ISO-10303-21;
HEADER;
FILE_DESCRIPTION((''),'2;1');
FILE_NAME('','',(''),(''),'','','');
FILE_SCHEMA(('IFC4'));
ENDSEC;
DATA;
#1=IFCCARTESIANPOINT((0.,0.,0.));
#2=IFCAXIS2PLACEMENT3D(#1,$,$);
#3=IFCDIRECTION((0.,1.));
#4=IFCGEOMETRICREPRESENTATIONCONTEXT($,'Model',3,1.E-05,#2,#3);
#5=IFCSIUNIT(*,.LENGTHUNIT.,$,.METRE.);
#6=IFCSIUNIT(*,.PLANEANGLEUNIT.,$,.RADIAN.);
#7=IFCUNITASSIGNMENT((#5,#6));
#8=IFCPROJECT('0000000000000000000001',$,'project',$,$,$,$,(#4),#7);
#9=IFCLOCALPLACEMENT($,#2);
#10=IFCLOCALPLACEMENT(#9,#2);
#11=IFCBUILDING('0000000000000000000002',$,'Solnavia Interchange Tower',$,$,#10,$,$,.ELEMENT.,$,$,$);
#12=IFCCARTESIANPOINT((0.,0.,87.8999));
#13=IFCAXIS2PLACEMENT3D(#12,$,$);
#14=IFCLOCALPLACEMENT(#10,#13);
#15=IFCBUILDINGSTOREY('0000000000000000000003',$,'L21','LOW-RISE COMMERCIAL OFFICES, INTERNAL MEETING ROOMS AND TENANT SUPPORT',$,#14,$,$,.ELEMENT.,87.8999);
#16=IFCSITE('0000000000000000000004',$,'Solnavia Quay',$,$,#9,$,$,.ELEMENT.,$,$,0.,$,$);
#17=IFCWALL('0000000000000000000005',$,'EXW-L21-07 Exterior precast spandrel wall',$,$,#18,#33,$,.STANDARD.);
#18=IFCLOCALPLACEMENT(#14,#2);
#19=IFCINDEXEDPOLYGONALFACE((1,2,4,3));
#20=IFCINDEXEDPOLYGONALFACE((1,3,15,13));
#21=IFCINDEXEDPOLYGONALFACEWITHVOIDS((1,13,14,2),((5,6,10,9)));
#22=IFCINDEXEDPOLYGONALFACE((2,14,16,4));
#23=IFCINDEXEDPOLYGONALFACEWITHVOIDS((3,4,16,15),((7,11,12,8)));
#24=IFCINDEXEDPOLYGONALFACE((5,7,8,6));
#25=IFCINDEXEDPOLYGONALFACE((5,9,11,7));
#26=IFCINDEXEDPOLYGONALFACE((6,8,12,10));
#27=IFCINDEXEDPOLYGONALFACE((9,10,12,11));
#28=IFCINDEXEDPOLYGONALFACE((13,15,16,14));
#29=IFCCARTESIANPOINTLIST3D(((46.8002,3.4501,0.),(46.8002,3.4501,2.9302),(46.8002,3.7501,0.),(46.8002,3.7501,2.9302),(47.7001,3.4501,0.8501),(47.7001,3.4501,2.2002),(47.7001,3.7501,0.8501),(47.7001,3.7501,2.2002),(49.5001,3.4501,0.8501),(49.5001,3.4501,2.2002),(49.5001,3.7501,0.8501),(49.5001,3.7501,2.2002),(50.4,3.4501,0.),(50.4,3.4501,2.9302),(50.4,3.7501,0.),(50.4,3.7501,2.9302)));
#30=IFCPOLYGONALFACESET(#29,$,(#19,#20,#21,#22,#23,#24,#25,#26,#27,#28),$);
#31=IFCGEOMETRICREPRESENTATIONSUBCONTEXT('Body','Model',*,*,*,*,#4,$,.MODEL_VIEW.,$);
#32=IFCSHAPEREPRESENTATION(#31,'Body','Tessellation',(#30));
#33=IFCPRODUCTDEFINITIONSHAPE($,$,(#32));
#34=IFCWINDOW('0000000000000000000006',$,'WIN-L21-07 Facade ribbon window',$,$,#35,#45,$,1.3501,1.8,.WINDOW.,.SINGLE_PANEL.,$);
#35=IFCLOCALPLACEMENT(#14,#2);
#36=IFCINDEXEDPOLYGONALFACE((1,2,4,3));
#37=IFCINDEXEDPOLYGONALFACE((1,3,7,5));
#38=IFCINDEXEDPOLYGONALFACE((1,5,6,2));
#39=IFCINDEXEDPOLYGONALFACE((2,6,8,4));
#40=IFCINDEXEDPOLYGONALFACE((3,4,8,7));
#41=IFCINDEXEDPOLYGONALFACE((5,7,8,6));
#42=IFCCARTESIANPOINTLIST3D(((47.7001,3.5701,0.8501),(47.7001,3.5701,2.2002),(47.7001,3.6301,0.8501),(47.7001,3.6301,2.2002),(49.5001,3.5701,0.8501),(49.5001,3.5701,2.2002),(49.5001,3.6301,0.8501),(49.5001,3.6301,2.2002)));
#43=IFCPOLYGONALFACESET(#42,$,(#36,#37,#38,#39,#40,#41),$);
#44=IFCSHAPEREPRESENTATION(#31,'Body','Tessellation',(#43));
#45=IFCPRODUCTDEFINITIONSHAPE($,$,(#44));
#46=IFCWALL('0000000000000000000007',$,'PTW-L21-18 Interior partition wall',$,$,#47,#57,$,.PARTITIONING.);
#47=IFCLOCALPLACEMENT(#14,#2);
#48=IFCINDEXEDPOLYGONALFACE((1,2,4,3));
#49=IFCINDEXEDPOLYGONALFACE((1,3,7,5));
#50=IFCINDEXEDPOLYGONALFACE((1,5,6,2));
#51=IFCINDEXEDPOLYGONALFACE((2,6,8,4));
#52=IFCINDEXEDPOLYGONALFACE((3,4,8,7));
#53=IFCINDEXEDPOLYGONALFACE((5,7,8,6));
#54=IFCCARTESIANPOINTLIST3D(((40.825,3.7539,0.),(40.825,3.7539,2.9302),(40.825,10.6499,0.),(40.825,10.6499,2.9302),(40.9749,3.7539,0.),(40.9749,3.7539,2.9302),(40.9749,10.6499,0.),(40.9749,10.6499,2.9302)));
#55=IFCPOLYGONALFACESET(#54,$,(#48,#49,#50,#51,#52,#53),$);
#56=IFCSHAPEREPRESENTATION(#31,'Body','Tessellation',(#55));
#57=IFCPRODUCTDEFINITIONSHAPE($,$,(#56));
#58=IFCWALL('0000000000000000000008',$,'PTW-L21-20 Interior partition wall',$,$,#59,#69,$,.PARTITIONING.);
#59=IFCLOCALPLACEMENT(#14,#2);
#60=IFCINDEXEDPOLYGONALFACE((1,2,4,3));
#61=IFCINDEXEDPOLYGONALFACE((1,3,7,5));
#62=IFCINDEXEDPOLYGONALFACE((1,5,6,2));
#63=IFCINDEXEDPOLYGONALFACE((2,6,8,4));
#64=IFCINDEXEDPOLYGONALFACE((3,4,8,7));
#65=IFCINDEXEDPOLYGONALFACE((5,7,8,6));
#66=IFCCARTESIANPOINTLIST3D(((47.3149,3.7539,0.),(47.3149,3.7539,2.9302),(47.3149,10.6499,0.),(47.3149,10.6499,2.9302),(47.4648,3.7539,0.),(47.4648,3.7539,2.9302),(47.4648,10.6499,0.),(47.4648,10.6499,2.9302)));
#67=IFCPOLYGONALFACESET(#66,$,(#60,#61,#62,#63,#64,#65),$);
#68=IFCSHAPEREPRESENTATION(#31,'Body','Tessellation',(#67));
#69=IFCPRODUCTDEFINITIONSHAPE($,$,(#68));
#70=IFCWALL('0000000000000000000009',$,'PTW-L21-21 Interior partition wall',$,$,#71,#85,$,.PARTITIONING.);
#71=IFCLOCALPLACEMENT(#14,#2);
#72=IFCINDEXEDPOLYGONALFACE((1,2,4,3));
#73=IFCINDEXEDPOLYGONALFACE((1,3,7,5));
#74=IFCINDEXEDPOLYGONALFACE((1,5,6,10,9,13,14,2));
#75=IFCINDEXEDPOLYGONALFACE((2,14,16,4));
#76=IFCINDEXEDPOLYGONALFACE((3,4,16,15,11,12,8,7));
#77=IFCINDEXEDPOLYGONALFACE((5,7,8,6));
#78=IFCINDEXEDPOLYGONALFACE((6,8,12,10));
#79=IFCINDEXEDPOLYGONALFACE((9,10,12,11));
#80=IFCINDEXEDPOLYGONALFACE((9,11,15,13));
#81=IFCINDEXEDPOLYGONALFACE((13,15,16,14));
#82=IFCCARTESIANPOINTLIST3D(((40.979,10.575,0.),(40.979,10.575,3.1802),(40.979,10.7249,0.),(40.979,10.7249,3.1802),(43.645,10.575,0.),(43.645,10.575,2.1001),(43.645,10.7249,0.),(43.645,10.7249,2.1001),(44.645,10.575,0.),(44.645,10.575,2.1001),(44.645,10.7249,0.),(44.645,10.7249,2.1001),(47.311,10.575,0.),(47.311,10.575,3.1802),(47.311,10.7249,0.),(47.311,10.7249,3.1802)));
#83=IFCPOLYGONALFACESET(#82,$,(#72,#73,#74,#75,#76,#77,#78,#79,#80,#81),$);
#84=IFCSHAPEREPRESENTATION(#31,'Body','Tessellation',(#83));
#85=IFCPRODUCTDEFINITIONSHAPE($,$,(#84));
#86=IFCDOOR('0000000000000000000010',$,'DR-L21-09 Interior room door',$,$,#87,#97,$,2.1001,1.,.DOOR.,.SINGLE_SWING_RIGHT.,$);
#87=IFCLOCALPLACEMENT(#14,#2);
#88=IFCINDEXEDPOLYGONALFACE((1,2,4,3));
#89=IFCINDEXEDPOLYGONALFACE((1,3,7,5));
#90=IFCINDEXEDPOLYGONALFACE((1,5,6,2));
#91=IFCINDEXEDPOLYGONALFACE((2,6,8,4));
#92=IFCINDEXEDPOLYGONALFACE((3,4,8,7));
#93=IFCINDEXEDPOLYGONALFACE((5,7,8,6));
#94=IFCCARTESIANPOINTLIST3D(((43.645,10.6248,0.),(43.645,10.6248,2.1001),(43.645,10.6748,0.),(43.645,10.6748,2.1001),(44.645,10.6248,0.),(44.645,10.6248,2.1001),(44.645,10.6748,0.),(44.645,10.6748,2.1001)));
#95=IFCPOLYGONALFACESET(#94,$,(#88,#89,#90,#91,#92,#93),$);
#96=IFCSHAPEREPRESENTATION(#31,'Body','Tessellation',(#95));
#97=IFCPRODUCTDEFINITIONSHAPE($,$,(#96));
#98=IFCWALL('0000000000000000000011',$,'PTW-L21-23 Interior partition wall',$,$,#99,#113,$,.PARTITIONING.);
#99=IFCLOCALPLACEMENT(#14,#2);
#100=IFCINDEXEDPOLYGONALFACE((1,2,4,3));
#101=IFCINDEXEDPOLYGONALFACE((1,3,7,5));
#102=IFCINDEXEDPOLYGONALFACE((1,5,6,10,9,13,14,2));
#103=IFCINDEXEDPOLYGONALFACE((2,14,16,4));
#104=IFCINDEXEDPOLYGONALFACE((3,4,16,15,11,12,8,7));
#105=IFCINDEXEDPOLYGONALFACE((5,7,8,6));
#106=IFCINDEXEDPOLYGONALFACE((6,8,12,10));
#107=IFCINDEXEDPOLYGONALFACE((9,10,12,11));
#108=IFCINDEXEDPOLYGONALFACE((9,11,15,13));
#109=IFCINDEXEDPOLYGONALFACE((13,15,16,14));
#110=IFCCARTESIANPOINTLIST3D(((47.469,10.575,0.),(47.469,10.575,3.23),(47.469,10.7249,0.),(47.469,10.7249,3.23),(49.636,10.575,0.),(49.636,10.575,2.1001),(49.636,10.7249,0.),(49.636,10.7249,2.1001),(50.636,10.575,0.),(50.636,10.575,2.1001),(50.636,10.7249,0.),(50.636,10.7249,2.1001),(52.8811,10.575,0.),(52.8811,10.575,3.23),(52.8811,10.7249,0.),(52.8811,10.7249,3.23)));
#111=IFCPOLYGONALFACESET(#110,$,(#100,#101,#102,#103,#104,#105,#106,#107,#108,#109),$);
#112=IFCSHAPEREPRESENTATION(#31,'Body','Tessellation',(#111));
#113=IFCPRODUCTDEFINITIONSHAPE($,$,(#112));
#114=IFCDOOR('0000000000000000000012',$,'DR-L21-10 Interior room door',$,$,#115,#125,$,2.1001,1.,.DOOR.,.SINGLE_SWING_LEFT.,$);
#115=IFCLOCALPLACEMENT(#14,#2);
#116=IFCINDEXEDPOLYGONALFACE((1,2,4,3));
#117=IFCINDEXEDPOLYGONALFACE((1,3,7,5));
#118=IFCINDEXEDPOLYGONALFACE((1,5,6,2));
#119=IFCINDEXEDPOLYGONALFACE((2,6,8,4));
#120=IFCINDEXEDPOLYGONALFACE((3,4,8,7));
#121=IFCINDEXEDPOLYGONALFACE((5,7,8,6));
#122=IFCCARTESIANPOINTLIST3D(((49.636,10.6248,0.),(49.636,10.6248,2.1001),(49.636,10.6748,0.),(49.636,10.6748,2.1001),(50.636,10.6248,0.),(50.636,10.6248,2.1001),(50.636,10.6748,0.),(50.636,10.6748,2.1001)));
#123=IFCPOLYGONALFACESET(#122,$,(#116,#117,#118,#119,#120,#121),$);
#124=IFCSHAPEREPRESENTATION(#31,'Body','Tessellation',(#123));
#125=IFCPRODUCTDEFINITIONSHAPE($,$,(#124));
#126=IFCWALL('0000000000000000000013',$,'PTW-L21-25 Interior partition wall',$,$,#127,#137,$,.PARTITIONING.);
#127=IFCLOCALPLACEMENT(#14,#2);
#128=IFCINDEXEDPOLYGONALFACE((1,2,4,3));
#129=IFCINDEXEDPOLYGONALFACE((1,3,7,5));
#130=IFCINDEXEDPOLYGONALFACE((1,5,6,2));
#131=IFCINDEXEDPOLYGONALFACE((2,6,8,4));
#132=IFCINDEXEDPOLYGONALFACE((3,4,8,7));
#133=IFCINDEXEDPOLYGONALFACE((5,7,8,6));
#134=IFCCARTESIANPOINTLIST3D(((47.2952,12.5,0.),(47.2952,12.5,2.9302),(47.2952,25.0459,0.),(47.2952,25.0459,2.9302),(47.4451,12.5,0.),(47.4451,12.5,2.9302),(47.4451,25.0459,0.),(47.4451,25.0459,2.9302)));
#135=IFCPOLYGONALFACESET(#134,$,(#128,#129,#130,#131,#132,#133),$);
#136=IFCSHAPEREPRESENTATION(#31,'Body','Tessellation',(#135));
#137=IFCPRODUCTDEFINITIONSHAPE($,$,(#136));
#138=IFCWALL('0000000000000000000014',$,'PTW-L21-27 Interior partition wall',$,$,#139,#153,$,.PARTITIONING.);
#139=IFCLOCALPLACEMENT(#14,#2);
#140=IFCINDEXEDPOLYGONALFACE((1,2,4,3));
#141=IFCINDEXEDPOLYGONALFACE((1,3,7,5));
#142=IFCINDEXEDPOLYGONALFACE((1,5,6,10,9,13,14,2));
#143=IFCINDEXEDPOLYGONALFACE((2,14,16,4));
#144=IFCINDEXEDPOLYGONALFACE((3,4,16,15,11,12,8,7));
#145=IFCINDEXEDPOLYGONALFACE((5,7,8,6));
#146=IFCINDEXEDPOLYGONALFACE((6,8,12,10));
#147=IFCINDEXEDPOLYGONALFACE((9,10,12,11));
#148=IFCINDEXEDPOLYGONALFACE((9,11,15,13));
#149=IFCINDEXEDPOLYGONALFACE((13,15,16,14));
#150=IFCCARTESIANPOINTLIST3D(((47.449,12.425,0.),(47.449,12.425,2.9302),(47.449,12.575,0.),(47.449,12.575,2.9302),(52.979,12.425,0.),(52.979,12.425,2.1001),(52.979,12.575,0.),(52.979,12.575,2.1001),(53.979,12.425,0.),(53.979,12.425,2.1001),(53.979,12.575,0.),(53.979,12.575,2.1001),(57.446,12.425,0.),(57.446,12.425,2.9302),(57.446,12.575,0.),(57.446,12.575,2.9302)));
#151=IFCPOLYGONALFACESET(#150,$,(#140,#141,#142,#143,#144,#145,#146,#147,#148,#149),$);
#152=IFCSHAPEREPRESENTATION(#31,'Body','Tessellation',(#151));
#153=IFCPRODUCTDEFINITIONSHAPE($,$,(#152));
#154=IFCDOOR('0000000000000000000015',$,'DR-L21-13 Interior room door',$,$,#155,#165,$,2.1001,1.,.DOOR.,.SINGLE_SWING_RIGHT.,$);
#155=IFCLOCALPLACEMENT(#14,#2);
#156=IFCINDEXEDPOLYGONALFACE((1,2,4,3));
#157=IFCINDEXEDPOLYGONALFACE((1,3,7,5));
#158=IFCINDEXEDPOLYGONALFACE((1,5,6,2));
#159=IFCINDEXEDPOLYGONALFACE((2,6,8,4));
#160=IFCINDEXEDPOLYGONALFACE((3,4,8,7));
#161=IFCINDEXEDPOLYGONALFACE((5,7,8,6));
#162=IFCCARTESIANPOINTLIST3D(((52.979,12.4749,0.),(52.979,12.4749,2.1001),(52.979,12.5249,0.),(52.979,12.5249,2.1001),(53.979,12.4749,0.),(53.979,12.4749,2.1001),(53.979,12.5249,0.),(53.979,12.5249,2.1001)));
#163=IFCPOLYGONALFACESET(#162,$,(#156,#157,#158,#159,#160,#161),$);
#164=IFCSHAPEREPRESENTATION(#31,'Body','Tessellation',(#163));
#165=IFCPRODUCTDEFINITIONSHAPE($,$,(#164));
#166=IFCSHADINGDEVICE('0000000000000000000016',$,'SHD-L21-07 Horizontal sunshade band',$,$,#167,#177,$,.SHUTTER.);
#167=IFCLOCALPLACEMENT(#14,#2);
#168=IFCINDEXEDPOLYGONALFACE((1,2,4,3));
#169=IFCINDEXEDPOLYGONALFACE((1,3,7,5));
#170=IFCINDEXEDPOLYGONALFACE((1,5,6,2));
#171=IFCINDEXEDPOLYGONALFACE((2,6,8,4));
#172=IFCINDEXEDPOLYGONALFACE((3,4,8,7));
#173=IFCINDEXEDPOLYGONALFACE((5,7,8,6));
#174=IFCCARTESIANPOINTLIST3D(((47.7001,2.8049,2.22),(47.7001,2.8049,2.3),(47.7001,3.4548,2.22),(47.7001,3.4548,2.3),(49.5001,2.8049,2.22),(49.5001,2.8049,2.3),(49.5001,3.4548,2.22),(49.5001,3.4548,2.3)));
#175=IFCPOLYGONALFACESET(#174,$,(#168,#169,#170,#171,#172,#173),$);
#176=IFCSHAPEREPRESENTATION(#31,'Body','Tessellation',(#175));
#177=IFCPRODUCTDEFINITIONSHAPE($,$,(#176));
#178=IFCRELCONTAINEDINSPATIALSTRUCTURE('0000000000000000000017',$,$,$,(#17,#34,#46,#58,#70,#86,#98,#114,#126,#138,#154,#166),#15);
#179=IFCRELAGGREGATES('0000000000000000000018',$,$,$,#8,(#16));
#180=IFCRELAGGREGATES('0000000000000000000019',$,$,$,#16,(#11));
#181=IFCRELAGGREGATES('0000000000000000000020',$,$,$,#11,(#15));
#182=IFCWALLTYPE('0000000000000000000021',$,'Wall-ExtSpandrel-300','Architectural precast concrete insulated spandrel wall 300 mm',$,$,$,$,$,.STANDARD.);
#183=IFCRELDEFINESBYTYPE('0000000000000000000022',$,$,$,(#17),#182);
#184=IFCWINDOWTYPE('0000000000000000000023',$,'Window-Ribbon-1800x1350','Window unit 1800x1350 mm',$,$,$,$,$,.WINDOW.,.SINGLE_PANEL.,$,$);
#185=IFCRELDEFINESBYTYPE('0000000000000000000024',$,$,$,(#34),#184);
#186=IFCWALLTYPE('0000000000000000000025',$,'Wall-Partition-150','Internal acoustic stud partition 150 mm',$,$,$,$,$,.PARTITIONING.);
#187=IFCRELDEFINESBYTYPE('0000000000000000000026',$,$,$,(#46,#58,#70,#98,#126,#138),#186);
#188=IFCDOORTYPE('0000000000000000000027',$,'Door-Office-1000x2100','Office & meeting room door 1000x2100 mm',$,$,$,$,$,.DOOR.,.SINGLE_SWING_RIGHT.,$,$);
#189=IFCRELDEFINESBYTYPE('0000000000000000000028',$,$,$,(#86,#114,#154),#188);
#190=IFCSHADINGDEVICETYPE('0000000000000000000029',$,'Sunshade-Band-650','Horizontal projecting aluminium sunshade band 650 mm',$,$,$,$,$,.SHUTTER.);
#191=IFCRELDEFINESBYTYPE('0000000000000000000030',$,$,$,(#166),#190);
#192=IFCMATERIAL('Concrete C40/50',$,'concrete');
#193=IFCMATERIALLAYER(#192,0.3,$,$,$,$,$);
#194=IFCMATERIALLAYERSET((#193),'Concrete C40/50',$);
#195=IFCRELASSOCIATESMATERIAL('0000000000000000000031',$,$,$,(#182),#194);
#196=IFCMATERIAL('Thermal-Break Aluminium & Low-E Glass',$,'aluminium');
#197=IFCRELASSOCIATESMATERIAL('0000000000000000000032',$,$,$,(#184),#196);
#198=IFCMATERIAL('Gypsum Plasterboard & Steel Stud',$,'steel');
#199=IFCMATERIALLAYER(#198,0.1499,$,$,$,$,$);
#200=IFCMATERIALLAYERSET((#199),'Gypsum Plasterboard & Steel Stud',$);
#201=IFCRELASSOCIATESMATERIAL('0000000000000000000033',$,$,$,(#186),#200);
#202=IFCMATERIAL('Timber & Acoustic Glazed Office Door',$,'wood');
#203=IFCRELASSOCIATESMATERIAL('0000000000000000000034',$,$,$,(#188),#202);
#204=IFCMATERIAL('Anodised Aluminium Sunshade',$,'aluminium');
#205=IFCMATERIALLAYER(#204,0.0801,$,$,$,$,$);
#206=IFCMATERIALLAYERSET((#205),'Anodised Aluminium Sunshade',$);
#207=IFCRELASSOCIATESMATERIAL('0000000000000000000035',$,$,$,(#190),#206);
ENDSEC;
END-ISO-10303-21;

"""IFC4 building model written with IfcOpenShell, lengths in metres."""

from ifc_helpers import new_model, si_unit, direction, frame, frame_2d, origin, origin_2d, place, context, subcontext, project, spatial, rectangle, extrude, material, layer, layer_set, type_object, element, fill, save


model = new_model("IFC4")

# Units and contexts
model_context = context("Model", 3, precision=1e-05, world=origin(), true_north=direction((0.0, 1.0)))
body_context = subcontext(model_context, "Body", "Model", "MODEL_VIEW")
ifc_project = project(units=[si_unit("LENGTHUNIT", "METRE"), si_unit("PLANEANGLEUNIT", "RADIAN")], contexts=[model_context])

# Site, building, storey
site_placement = place(None, origin())
site = spatial("IfcSite", under=ifc_project, at=site_placement, Name="Solnavia Quay", CompositionType="ELEMENT", RefElevation=0.0)
building_placement = place(site_placement, origin())
building = spatial("IfcBuilding", under=site, at=building_placement, Name="Solnavia Interchange Tower", CompositionType="ELEMENT")
storey_placement = place(building_placement, frame((0.0, 0.0, 87.8999)))
storey = spatial("IfcBuildingStorey", under=building, at=storey_placement, Name="L21", Description="LOW-RISE COMMERCIAL OFFICES, INTERNAL MEETING ROOMS AND TENANT SUPPORT", CompositionType="ELEMENT", Elevation=87.8999)

# Shared definitions
ifc_material_1 = material(Name="Concrete C40/50", Category="concrete")
ifc_layer_1 = layer(ifc_material_1, 0.3)
ifc_layer_set_1 = layer_set([ifc_layer_1], Name="Concrete C40/50")
wall_type_1 = type_object("IfcWallType", Name="Wall-ExtSpandrel-300", Description="Architectural precast concrete insulated spandrel wall 300 mm", PredefinedType="STANDARD", material=ifc_layer_set_1)

# Wall, opening, window
ifc_material_2 = material(Name="Thermal-Break Aluminium & Low-E Glass", Category="aluminium")
window_type = type_object("IfcWindowType", Name="Window-Ribbon-1800x1350", Description="Window unit 1800x1350 mm", PartitioningType="SINGLE_PANEL", PredefinedType="WINDOW", material=ifc_material_2)
wall_1_placement = place(storey_placement, frame((50.3999, 3.6001, 0.0), z_axis=(0.0, 0.0, 1.0), x_axis=(-1.0, 0.0, 0.0)))
wall_1 = element("IfcWall", 1, at=wall_1_placement, inside=storey, type_object=wall_type_1, Name="EXW-L21-07 Exterior precast spandrel wall", PredefinedType="STANDARD", context=body_context, shape_type="SweptSolid", body=[
    extrude(rectangle(XDim=3.5999, YDim=0.3, at=frame_2d((1.7998, 0.0))), origin(), (0.0, 0.0, 1.0), 2.9302),
])
opening_1_placement = place(wall_1_placement, frame((0.8999, 0.0, 0.8501)))
opening_1 = element("IfcOpeningElement", 2, at=opening_1_placement, cuts=wall_1, PredefinedType="OPENING", context=body_context, shape_type="SweptSolid", body=[
    extrude(rectangle(XDim=1.8, YDim=1.3501, at=frame_2d((0.8999, 0.675))), frame((0.0, 0.1602, 0.0), z_axis=(0.0, -1.0, 0.0), x_axis=(1.0, 0.0, 0.0)), (0.0, 0.0, 1.0), 0.3201),
])
window_1_placement = place(opening_1_placement, origin())
window_1 = element("IfcWindow", 3, at=window_1_placement, inside=storey, type_object=window_type, Name="WIN-L21-07 Facade ribbon window", OverallHeight=1.3501, OverallWidth=1.8, PartitioningType="SINGLE_PANEL", PredefinedType="WINDOW", context=body_context, shape_type="SweptSolid", body=[
    extrude(rectangle(XDim=1.8, YDim=1.3501, at=frame_2d((0.8999, 0.675))), frame((0.0, 0.03, 0.0), z_axis=(0.0, -1.0, 0.0), x_axis=(1.0, 0.0, 0.0)), (0.0, 0.0, 1.0), 0.0601),
])
fill(opening_1, window_1)

# Walls
ifc_material_3 = material(Name="Gypsum Plasterboard & Steel Stud", Category="steel")
ifc_layer_2 = layer(ifc_material_3, 0.1499)
ifc_layer_set_2 = layer_set([ifc_layer_2], Name="Gypsum Plasterboard & Steel Stud")
wall_type_2 = type_object("IfcWallType", Name="Wall-Partition-150", Description="Internal acoustic stud partition 150 mm", PredefinedType="PARTITIONING", material=ifc_layer_set_2)
for number, where, z_axis, x_axis, name in (
    (4, (40.8999, 3.7539, 0.0), (0.0, 0.0, 1.0), (0.0, 1.0, 0.0), "PTW-L21-18 Interior partition wall"),
    (5, (47.3899, 3.7539, 0.0), (0.0, 0.0, 1.0), (0.0, 1.0, 0.0), "PTW-L21-20 Interior partition wall"),
):
    element("IfcWall", number, at=place(storey_placement, frame(where, z_axis=z_axis, x_axis=x_axis)), inside=storey, type_object=wall_type_2, Name=name, PredefinedType="PARTITIONING", context=body_context, shape_type="SweptSolid", body=[
        extrude(rectangle(XDim=6.896, YDim=0.1499, at=frame_2d((3.448, 0.0))), origin(), (0.0, 0.0, 1.0), 2.9302),
    ])

# Walls, openings, doors
wall_2_placement = place(storey_placement, frame((40.979, 10.6499, 0.0), z_axis=(0.0, 0.0, 1.0), x_axis=(1.0, 0.0, 0.0)))
wall_2 = element("IfcWall", 6, at=wall_2_placement, inside=storey, type_object=wall_type_2, Name="PTW-L21-21 Interior partition wall", PredefinedType="PARTITIONING", context=body_context, shape_type="SweptSolid", body=[
    extrude(rectangle(XDim=6.332, YDim=0.1499, at=frame_2d((3.166, 0.0))), origin(), (0.0, 0.0, 1.0), 3.1802),
])
opening_2_placement = place(wall_2_placement, frame((2.666, 0.0, 0.0)))
opening_2 = element("IfcOpeningElement", 7, at=opening_2_placement, cuts=wall_2, PredefinedType="OPENING", context=body_context, shape_type="SweptSolid", body=[
    extrude(rectangle(XDim=1.0, YDim=2.1001, at=frame_2d((0.5, 1.05))), frame((0.0, 0.085, 0.0), z_axis=(0.0, -1.0, 0.0), x_axis=(1.0, 0.0, 0.0)), (0.0, 0.0, 1.0), 0.1699),
])
ifc_material_4 = material(Name="Timber & Acoustic Glazed Office Door", Category="wood")
door_type = type_object("IfcDoorType", Name="Door-Office-1000x2100", Description="Office & meeting room door 1000x2100 mm", OperationType="SINGLE_SWING_RIGHT", PredefinedType="DOOR", material=ifc_material_4)
door_1_placement = place(opening_2_placement, origin())
door_1 = element("IfcDoor", 8, at=door_1_placement, inside=storey, type_object=door_type, Name="DR-L21-09 Interior room door", OperationType="SINGLE_SWING_RIGHT", OverallHeight=2.1001, OverallWidth=1.0, PredefinedType="DOOR", context=body_context, shape_type="SweptSolid", body=[
    extrude(rectangle(XDim=1.0, YDim=2.1001, at=frame_2d((0.5, 1.05))), frame((0.0, 0.0249, 0.0), z_axis=(0.0, -1.0, 0.0), x_axis=(1.0, 0.0, 0.0)), (0.0, 0.0, 1.0), 0.05),
])
fill(opening_2, door_1)
wall_3_placement = place(storey_placement, frame((47.469, 10.6499, 0.0), z_axis=(0.0, 0.0, 1.0), x_axis=(1.0, 0.0, 0.0)))
wall_3 = element("IfcWall", 9, at=wall_3_placement, inside=storey, type_object=wall_type_2, Name="PTW-L21-23 Interior partition wall", PredefinedType="PARTITIONING", context=body_context, shape_type="SweptSolid", body=[
    extrude(rectangle(XDim=5.4121, YDim=0.1499, at=frame_2d((2.7061, 0.0))), origin(), (0.0, 0.0, 1.0), 3.23),
])
opening_3_placement = place(wall_3_placement, frame((2.167, 0.0, 0.0)))
opening_3 = element("IfcOpeningElement", 10, at=opening_3_placement, cuts=wall_3, PredefinedType="OPENING", context=body_context, shape_type="SweptSolid", body=[
    extrude(rectangle(XDim=1.0, YDim=2.1001, at=frame_2d((0.5, 1.05))), frame((0.0, 0.085, 0.0), z_axis=(0.0, -1.0, 0.0), x_axis=(1.0, 0.0, 0.0)), (0.0, 0.0, 1.0), 0.1699),
])
door_2_placement = place(opening_3_placement, origin())
door_2 = element("IfcDoor", 11, at=door_2_placement, inside=storey, type_object=door_type, Name="DR-L21-10 Interior room door", OperationType="SINGLE_SWING_LEFT", OverallHeight=2.1001, OverallWidth=1.0, PredefinedType="DOOR", context=body_context, shape_type="SweptSolid", body=[
    extrude(rectangle(XDim=1.0, YDim=2.1001, at=frame_2d((0.5, 1.05))), frame((0.0, 0.0249, 0.0), z_axis=(0.0, -1.0, 0.0), x_axis=(1.0, 0.0, 0.0)), (0.0, 0.0, 1.0), 0.05),
])
fill(opening_3, door_2)

# Wall
wall_4_placement = place(storey_placement, frame((47.3701, 12.5, 0.0), z_axis=(0.0, 0.0, 1.0), x_axis=(0.0, 1.0, 0.0)))
element("IfcWall", 12, at=wall_4_placement, inside=storey, type_object=wall_type_2, Name="PTW-L21-25 Interior partition wall", PredefinedType="PARTITIONING", context=body_context, shape_type="SweptSolid", body=[
    extrude(rectangle(XDim=12.5459, YDim=0.1499, at=frame_2d((6.2729, 0.0))), origin(), (0.0, 0.0, 1.0), 2.9302),
])

# Wall, opening, door
wall_5_placement = place(storey_placement, frame((47.449, 12.5, 0.0), z_axis=(0.0, 0.0, 1.0), x_axis=(1.0, 0.0, 0.0)))
wall_5 = element("IfcWall", 13, at=wall_5_placement, inside=storey, type_object=wall_type_2, Name="PTW-L21-27 Interior partition wall", PredefinedType="PARTITIONING", context=body_context, shape_type="SweptSolid", body=[
    extrude(rectangle(XDim=9.9971, YDim=0.1499, at=frame_2d((4.9985, 0.0))), origin(), (0.0, 0.0, 1.0), 2.9302),
])
opening_4_placement = place(wall_5_placement, frame((5.53, 0.0, 0.0)))
opening_4 = element("IfcOpeningElement", 14, at=opening_4_placement, cuts=wall_5, PredefinedType="OPENING", context=body_context, shape_type="SweptSolid", body=[
    extrude(rectangle(XDim=1.0, YDim=2.1001, at=frame_2d((0.5, 1.05))), frame((0.0, 0.085, 0.0), z_axis=(0.0, -1.0, 0.0), x_axis=(1.0, 0.0, 0.0)), (0.0, 0.0, 1.0), 0.1699),
])
door_3_placement = place(opening_4_placement, origin())
door_3 = element("IfcDoor", 15, at=door_3_placement, inside=storey, type_object=door_type, Name="DR-L21-13 Interior room door", OperationType="SINGLE_SWING_RIGHT", OverallHeight=2.1001, OverallWidth=1.0, PredefinedType="DOOR", context=body_context, shape_type="SweptSolid", body=[
    extrude(rectangle(XDim=1.0, YDim=2.1001, at=frame_2d((0.5, 1.05))), frame((0.0, 0.0249, 0.0), z_axis=(0.0, -1.0, 0.0), x_axis=(1.0, 0.0, 0.0)), (0.0, 0.0, 1.0), 0.05),
])
fill(opening_4, door_3)

# Shading device
ifc_material_5 = material(Name="Anodised Aluminium Sunshade", Category="aluminium")
ifc_layer_3 = layer(ifc_material_5, 0.0801)
ifc_layer_set_3 = layer_set([ifc_layer_3], Name="Anodised Aluminium Sunshade")
shading_device_type = type_object("IfcShadingDeviceType", Name="Sunshade-Band-650", Description="Horizontal projecting aluminium sunshade band 650 mm", PredefinedType="SHUTTER", material=ifc_layer_set_3)
shading_device_placement = place(storey_placement, frame((48.6001, 3.1299, 2.22), z_axis=(0.0, 0.0, 1.0), x_axis=(-1.0, 0.0, 0.0)))
element("IfcShadingDevice", 16, at=shading_device_placement, inside=storey, type_object=shading_device_type, Name="SHD-L21-07 Horizontal sunshade band", PredefinedType="SHUTTER", context=body_context, shape_type="SweptSolid", body=[
    extrude(rectangle(XDim=1.8, YDim=0.6499, at=origin_2d()), origin(), (0.0, 0.0, 1.0), 0.0801),
])

save(model, "model.ifc")
